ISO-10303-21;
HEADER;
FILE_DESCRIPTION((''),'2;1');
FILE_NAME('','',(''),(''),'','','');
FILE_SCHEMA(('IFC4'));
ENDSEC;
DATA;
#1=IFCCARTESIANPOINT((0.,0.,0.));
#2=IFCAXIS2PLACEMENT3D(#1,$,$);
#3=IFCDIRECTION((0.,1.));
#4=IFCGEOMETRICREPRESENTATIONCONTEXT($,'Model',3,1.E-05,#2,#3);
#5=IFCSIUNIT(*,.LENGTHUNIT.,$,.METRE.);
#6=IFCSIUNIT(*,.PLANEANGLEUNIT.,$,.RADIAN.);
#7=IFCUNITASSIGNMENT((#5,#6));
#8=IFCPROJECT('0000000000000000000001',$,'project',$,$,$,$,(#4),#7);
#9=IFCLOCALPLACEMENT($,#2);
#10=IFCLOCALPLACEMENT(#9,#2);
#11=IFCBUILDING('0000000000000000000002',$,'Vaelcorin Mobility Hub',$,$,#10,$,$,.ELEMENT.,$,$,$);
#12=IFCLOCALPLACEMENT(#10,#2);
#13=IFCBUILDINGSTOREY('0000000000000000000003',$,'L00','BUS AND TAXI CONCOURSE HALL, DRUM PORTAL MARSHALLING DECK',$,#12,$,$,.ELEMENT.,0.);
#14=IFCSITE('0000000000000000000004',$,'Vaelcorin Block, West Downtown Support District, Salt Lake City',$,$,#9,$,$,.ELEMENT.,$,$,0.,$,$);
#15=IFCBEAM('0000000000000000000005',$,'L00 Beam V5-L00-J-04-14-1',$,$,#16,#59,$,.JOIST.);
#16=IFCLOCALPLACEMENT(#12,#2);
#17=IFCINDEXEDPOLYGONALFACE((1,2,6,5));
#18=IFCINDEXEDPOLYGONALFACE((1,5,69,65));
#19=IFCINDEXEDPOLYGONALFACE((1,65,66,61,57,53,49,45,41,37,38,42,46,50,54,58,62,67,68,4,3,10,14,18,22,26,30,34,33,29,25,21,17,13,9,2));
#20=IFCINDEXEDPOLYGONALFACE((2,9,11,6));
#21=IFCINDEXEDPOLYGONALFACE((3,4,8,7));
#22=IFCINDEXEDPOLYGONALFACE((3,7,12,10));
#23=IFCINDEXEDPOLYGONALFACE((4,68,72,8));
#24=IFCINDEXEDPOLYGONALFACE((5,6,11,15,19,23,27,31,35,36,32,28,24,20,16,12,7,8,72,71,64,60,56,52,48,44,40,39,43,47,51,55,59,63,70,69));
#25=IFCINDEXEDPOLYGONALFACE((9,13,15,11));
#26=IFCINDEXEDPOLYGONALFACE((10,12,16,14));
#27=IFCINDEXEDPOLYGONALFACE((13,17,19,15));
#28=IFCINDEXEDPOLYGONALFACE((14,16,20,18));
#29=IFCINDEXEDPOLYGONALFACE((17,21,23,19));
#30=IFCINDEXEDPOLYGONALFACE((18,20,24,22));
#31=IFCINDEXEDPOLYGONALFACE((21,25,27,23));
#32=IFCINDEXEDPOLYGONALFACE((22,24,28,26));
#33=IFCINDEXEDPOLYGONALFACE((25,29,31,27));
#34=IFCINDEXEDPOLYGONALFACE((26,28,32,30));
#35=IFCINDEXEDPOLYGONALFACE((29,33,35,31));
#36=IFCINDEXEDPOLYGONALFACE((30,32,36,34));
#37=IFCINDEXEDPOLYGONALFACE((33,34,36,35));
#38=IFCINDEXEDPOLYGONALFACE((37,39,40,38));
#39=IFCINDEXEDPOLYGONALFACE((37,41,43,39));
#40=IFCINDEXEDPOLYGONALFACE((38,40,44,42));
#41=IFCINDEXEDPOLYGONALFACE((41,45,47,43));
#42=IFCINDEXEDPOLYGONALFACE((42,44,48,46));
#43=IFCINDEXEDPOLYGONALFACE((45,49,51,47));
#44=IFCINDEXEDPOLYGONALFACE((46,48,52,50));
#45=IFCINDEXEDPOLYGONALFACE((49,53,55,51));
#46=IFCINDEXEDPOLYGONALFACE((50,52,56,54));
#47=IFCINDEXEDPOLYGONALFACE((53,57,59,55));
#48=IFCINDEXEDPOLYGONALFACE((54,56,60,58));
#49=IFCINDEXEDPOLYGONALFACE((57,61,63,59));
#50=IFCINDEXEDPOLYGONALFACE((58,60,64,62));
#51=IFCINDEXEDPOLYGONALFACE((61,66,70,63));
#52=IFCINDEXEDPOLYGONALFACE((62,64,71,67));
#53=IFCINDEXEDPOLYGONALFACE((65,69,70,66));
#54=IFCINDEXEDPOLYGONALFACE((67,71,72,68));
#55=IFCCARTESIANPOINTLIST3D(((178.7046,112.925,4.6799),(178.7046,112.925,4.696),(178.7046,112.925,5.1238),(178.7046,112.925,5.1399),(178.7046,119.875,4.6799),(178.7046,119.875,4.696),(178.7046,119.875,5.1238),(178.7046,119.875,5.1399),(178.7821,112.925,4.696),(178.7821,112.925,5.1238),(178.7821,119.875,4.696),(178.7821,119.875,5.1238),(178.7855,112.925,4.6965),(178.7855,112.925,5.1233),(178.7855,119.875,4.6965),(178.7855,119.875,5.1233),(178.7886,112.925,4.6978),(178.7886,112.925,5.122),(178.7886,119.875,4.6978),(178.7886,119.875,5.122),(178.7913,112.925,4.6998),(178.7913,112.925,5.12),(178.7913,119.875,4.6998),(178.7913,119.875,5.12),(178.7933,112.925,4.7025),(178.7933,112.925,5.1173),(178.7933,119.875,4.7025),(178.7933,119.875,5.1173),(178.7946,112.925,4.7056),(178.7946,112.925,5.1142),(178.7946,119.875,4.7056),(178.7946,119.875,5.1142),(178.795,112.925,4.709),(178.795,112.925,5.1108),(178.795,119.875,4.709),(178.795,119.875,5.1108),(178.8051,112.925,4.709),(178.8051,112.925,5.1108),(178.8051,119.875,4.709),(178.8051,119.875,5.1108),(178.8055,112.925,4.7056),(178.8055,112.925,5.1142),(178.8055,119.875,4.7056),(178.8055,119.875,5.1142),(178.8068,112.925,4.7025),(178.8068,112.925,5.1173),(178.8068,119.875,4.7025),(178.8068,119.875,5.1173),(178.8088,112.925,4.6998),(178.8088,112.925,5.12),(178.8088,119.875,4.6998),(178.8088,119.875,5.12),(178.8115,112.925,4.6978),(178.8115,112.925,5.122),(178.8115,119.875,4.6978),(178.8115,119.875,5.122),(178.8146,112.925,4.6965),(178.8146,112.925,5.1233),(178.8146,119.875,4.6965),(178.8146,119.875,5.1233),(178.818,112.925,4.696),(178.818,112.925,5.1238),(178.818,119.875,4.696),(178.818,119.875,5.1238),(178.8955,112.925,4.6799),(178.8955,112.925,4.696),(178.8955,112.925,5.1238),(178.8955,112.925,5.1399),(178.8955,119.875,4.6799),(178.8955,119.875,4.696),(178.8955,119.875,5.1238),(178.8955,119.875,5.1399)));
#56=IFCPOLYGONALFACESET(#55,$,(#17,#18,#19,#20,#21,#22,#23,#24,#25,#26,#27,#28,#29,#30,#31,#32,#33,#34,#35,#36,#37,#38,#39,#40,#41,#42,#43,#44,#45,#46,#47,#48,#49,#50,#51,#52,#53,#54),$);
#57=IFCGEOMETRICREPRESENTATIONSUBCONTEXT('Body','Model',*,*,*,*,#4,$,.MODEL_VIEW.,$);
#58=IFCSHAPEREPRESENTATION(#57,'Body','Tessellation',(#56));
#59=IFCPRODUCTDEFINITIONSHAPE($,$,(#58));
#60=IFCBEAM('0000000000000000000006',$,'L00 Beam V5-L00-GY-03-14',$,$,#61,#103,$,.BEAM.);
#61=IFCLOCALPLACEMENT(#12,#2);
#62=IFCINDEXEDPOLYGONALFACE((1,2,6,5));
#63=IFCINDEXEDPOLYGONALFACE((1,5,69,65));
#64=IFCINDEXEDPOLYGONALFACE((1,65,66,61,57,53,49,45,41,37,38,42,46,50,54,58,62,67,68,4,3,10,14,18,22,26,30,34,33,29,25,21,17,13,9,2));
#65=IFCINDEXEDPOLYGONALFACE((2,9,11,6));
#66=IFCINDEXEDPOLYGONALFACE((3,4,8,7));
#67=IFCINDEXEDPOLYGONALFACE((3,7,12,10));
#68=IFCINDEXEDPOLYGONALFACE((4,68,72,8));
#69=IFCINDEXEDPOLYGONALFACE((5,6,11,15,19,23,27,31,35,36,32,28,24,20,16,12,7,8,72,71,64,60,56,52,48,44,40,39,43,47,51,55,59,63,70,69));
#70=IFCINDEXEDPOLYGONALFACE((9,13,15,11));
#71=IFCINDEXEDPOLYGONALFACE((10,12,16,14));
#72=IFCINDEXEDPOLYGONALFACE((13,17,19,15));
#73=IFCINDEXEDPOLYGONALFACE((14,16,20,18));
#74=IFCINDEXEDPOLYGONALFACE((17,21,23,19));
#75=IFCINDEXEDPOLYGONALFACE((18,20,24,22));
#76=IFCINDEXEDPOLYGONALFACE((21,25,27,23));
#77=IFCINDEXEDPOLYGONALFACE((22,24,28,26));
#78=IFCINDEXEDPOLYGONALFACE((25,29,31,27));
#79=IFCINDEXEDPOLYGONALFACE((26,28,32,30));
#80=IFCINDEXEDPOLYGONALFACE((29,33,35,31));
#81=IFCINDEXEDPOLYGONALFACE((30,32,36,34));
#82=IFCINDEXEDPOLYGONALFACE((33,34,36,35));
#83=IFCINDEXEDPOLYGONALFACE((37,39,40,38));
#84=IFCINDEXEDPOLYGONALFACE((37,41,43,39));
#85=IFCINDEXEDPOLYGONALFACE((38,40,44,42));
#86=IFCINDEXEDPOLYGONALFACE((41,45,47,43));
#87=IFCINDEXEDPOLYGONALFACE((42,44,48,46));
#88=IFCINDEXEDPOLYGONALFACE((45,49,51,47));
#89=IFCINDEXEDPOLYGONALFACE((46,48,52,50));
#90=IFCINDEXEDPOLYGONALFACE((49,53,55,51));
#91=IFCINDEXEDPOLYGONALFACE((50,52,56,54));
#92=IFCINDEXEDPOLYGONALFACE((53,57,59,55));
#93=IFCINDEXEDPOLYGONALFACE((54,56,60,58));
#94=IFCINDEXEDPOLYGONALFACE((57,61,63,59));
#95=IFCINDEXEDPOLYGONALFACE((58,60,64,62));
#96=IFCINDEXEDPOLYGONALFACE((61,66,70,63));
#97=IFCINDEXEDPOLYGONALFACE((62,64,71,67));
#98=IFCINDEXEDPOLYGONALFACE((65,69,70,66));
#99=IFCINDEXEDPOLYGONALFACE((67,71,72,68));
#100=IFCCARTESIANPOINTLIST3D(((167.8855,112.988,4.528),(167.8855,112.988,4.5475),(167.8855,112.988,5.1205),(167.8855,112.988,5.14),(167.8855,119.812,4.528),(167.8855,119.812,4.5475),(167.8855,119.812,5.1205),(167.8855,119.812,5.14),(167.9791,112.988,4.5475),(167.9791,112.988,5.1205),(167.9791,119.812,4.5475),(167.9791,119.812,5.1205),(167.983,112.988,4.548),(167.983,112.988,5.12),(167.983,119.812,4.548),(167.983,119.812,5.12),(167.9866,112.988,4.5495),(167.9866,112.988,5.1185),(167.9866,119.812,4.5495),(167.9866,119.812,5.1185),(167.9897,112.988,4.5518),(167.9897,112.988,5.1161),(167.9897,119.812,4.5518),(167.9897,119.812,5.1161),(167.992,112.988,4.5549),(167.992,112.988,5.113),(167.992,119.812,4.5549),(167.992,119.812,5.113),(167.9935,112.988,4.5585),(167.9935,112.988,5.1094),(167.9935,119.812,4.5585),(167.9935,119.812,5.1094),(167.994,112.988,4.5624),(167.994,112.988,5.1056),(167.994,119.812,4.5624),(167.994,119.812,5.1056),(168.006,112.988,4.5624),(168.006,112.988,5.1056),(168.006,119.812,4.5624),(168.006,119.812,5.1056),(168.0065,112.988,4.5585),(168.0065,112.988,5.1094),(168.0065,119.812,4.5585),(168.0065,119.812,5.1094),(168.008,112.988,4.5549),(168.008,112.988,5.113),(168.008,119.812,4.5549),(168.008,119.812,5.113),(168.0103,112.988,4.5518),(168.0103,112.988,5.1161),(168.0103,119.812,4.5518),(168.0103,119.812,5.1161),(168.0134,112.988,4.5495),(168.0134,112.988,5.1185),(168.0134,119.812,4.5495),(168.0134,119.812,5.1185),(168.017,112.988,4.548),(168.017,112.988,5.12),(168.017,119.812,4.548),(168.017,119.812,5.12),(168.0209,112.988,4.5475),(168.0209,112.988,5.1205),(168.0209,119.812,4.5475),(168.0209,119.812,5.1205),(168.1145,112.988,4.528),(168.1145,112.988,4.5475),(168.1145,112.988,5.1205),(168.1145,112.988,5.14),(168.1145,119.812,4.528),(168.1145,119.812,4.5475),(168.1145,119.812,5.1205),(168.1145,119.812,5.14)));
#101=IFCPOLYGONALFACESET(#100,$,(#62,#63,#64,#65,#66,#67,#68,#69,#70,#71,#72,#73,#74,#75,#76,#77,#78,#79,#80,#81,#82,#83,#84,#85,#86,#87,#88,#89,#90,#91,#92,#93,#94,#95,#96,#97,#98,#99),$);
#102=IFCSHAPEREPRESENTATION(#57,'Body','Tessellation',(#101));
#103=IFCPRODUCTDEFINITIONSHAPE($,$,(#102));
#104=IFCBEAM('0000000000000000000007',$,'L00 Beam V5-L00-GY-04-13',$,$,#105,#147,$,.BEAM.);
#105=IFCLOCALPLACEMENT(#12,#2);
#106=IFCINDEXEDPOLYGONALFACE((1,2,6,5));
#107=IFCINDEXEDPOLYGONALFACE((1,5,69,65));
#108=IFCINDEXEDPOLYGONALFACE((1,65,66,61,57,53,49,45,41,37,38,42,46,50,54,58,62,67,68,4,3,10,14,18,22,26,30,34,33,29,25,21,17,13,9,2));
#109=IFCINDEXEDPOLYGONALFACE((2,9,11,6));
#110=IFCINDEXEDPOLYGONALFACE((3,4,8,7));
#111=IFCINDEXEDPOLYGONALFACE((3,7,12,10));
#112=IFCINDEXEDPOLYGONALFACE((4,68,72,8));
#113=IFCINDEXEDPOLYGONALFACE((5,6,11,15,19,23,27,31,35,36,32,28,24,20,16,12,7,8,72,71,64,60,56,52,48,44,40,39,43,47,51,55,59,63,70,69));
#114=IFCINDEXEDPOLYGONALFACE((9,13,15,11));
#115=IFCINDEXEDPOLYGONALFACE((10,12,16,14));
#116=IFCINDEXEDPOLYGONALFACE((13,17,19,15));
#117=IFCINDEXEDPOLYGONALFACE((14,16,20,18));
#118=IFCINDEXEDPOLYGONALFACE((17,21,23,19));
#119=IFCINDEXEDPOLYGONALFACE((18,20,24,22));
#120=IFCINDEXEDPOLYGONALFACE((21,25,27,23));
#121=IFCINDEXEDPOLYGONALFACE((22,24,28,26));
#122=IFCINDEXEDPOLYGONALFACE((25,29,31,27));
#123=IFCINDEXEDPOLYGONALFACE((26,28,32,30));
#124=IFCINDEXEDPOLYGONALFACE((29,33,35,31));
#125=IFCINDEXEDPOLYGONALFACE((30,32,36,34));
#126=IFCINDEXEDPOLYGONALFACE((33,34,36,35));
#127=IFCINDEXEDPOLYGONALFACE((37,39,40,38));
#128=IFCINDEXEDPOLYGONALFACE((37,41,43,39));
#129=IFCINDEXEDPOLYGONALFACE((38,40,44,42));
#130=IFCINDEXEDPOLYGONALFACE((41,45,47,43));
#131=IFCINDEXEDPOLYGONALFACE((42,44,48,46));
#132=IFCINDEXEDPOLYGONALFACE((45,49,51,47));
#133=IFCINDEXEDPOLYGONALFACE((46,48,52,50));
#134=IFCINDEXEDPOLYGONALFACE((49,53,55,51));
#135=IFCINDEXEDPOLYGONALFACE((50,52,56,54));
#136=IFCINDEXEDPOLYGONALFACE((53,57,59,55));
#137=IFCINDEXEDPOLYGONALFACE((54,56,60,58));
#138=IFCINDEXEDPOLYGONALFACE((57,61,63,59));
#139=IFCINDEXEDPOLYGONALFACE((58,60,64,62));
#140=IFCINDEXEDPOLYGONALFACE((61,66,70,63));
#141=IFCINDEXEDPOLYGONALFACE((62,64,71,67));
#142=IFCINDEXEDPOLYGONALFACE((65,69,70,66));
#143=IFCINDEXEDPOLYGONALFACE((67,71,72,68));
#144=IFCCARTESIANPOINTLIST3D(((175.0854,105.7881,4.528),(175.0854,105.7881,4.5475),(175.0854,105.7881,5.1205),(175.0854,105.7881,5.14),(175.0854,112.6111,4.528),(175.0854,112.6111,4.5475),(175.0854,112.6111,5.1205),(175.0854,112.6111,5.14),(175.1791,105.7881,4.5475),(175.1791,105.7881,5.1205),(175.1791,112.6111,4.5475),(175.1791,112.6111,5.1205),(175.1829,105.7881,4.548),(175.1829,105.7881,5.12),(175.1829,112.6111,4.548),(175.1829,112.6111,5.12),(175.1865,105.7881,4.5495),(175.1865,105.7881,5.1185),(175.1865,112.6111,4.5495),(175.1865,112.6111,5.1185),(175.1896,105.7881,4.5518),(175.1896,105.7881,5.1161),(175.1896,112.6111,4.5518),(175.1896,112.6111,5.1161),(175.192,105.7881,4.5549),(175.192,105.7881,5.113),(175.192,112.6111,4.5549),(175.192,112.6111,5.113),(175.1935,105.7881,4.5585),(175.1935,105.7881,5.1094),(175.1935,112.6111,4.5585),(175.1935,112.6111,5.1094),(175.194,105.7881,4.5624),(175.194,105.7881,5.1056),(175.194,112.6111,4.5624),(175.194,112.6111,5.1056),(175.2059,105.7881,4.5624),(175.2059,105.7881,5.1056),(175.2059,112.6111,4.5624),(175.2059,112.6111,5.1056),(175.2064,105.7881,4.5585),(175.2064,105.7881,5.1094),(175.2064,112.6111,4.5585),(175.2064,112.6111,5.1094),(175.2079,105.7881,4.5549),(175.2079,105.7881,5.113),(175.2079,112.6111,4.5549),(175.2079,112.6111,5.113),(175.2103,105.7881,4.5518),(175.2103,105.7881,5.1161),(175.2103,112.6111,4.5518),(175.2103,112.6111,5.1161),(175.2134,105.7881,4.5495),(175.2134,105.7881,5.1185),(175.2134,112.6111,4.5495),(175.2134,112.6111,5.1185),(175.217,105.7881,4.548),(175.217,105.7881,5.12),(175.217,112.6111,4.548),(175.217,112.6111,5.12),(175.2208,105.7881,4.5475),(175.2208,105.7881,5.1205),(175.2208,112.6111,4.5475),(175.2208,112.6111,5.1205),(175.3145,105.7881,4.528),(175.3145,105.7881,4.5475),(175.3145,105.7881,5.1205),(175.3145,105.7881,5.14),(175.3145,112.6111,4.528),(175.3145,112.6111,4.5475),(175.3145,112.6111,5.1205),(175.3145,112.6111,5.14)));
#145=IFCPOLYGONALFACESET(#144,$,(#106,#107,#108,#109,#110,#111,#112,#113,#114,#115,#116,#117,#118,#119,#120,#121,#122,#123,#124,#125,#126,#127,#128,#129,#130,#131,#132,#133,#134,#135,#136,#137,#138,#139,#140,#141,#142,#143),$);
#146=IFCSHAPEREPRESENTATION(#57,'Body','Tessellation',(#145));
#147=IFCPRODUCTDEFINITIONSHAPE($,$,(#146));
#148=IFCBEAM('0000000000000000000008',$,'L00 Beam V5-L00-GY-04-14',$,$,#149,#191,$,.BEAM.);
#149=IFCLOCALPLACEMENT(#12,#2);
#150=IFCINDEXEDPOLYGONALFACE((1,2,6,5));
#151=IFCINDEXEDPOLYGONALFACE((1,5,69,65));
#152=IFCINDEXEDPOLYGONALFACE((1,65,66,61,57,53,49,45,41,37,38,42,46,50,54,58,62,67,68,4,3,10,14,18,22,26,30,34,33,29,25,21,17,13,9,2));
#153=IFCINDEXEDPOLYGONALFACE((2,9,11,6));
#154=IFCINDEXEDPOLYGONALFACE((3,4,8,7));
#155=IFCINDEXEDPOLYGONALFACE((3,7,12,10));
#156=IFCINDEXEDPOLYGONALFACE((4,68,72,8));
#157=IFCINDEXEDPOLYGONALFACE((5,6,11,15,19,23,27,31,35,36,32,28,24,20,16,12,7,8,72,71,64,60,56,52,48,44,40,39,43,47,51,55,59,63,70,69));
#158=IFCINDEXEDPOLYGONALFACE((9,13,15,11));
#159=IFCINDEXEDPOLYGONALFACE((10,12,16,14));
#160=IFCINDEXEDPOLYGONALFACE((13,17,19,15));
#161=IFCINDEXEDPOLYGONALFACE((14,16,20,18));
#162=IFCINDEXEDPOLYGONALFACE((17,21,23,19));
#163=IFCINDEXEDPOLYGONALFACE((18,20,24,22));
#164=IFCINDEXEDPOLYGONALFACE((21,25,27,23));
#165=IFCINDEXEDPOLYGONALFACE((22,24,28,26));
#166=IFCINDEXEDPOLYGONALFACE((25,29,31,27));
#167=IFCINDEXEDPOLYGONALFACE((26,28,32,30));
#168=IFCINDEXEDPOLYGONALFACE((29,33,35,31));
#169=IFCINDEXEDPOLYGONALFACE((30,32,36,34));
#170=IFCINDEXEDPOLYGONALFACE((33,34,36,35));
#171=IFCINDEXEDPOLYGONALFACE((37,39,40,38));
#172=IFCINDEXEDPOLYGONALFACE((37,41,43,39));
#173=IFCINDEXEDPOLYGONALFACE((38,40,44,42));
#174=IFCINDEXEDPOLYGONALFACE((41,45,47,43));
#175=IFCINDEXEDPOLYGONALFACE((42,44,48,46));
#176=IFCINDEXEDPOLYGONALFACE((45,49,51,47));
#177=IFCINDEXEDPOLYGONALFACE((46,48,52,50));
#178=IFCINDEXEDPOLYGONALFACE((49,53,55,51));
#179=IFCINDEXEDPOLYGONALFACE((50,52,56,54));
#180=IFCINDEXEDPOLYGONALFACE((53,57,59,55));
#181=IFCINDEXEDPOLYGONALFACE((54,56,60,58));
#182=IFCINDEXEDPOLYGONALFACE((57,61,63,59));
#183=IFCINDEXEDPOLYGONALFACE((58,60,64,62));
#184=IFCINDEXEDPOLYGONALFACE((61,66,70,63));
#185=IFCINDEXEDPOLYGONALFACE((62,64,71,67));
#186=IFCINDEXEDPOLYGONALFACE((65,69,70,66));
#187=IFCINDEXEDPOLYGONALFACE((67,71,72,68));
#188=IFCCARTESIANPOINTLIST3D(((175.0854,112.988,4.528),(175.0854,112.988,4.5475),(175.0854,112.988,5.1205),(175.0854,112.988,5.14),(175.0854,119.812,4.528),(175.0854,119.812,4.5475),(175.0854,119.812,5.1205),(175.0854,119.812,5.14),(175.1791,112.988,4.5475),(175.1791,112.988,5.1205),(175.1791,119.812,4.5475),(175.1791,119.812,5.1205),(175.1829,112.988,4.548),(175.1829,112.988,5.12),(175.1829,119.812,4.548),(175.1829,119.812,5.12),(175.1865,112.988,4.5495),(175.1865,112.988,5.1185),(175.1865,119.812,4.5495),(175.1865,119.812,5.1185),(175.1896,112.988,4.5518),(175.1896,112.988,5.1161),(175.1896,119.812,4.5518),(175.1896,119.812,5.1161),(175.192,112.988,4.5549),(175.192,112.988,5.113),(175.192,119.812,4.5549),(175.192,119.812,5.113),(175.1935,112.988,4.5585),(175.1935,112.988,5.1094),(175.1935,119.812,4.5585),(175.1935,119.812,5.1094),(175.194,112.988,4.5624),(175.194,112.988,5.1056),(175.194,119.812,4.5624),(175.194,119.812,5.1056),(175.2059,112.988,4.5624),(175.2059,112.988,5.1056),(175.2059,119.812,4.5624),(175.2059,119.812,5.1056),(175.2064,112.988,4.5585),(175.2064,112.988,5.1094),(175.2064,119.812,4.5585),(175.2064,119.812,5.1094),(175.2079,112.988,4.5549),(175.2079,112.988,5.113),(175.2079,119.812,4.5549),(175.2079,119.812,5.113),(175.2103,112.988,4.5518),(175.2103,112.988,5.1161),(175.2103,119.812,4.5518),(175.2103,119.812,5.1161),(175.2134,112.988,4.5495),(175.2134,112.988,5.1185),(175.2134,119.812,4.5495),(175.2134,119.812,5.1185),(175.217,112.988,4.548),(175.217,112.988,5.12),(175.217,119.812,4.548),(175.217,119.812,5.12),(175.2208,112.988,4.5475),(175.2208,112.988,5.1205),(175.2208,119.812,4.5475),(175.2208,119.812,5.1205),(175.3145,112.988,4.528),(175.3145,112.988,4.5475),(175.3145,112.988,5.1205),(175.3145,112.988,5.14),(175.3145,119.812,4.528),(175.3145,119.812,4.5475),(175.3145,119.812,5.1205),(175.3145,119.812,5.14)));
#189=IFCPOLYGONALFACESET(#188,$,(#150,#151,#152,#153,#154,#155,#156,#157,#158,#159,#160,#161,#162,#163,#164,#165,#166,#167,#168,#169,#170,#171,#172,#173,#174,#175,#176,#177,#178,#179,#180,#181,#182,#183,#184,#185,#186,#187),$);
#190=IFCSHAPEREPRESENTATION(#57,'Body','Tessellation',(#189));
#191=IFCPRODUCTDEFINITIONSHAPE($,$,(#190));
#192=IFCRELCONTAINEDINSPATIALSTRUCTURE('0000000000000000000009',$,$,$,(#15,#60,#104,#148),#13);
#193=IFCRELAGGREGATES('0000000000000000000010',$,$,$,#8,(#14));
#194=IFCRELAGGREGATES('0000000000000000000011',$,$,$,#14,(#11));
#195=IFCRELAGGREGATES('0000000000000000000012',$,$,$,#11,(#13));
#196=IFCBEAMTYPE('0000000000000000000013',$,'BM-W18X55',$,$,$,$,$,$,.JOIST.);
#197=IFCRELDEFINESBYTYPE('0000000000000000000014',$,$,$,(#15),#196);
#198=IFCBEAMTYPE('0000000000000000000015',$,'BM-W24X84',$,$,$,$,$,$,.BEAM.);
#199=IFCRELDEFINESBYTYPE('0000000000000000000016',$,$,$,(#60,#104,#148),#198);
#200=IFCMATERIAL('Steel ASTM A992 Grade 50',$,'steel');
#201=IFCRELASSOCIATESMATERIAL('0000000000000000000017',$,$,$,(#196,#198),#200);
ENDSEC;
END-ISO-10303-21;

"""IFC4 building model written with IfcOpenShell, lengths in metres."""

from ifc_helpers import new_model, si_unit, direction, frame, origin, origin_2d, place, context, subcontext, project, spatial, i_section, extrude, material, material_profile, profile_set, type_object, element, save


model = new_model("IFC4")

# Units and contexts
model_context = context("Model", 3, precision=1e-05, world=origin(), true_north=direction((0.0, 1.0)))
body_context = subcontext(model_context, "Body", "Model", "MODEL_VIEW")
ifc_project = project(units=[si_unit("LENGTHUNIT", "METRE"), si_unit("PLANEANGLEUNIT", "RADIAN")], contexts=[model_context])

# Site, building, storey
site_placement = place(None, origin())
site = spatial("IfcSite", under=ifc_project, at=site_placement, Name="Vaelcorin Block, West Downtown Support District, Salt Lake City", CompositionType="ELEMENT", RefElevation=0.0)
building_placement = place(site_placement, origin())
building = spatial("IfcBuilding", under=site, at=building_placement, Name="Vaelcorin Mobility Hub", CompositionType="ELEMENT")
storey_placement = place(building_placement, origin())
storey = spatial("IfcBuildingStorey", under=building, at=storey_placement, Name="L00", Description="BUS AND TAXI CONCOURSE HALL, DRUM PORTAL MARSHALLING DECK", CompositionType="ELEMENT", Elevation=0.0)

# Shared definitions
ifc_material_1 = material(Name="Steel ASTM A992 Grade 50", Category="steel")

# Beams
ifc_material_profile_1 = material_profile(ifc_material_1, i_section(OverallWidth=0.1909, OverallDepth=0.46, WebThickness=0.01, FlangeThickness=0.0161, FilletRadius=0.0129, at=origin_2d()), Name="W18X55")
ifc_profile_set_1 = profile_set([ifc_material_profile_1], Name="Steel ASTM A992 Grade 50")
beam_type_1 = type_object("IfcBeamType", Name="BM-W18X55", PredefinedType="JOIST", material=ifc_profile_set_1)
for number, where, z_axis, x_axis, name in (
    (1, (178.8, 112.925, 4.9099), (0.0, 1.0, 0.0), (-1.0, 0.0, 0.0), "L00 Beam V5-L00-J-04-14-1"),
):
    element("IfcBeam", number, at=place(storey_placement, frame(where, z_axis=z_axis, x_axis=x_axis)), inside=storey, type_object=beam_type_1, Name=name, PredefinedType="JOIST", context=body_context, shape_type="SweptSolid", body=[
        extrude(i_section(OverallWidth=0.1909, OverallDepth=0.46, WebThickness=0.01, FlangeThickness=0.0161, FilletRadius=0.0129, at=origin_2d()), origin(), (0.0, 0.0, 1.0), 6.95),
    ])
ifc_material_profile_2 = material_profile(ifc_material_1, i_section(OverallWidth=0.229, OverallDepth=0.6121, WebThickness=0.012, FlangeThickness=0.0195, FilletRadius=0.0149, at=origin_2d()), Name="W24X84")
ifc_profile_set_2 = profile_set([ifc_material_profile_2], Name="Steel ASTM A992 Grade 50")
beam_type_2 = type_object("IfcBeamType", Name="BM-W24X84", PredefinedType="BEAM", material=ifc_profile_set_2)
beam_1_placement = place(storey_placement, frame((168.0, 112.988, 4.834), z_axis=(0.0, 1.0, 0.0), x_axis=(-1.0, 0.0, 0.0)))
element("IfcBeam", 2, at=beam_1_placement, inside=storey, type_object=beam_type_2, Name="L00 Beam V5-L00-GY-03-14", PredefinedType="BEAM", context=body_context, shape_type="SweptSolid", body=[
    extrude(i_section(OverallWidth=0.229, OverallDepth=0.6121, WebThickness=0.012, FlangeThickness=0.0195, FilletRadius=0.0149, at=origin_2d()), origin(), (0.0, 0.0, 1.0), 6.824),
])
beam_2_placement = place(storey_placement, frame((175.2, 105.7881, 4.834), z_axis=(0.0, 1.0, 0.0), x_axis=(-1.0, 0.0, 0.0)))
element("IfcBeam", 3, at=beam_2_placement, inside=storey, type_object=beam_type_2, Name="L00 Beam V5-L00-GY-04-13", PredefinedType="BEAM", context=body_context, shape_type="SweptSolid", body=[
    extrude(i_section(OverallWidth=0.229, OverallDepth=0.6121, WebThickness=0.012, FlangeThickness=0.0195, FilletRadius=0.0149, at=origin_2d()), origin(), (0.0, 0.0, 1.0), 6.823),
])
beam_3_placement = place(storey_placement, frame((175.2, 112.988, 4.834), z_axis=(0.0, 1.0, 0.0), x_axis=(-1.0, 0.0, 0.0)))
element("IfcBeam", 4, at=beam_3_placement, inside=storey, type_object=beam_type_2, Name="L00 Beam V5-L00-GY-04-14", PredefinedType="BEAM", context=body_context, shape_type="SweptSolid", body=[
    extrude(i_section(OverallWidth=0.229, OverallDepth=0.6121, WebThickness=0.012, FlangeThickness=0.0195, FilletRadius=0.0149, at=origin_2d()), origin(), (0.0, 0.0, 1.0), 6.824),
])

save(model, "model.ifc")
